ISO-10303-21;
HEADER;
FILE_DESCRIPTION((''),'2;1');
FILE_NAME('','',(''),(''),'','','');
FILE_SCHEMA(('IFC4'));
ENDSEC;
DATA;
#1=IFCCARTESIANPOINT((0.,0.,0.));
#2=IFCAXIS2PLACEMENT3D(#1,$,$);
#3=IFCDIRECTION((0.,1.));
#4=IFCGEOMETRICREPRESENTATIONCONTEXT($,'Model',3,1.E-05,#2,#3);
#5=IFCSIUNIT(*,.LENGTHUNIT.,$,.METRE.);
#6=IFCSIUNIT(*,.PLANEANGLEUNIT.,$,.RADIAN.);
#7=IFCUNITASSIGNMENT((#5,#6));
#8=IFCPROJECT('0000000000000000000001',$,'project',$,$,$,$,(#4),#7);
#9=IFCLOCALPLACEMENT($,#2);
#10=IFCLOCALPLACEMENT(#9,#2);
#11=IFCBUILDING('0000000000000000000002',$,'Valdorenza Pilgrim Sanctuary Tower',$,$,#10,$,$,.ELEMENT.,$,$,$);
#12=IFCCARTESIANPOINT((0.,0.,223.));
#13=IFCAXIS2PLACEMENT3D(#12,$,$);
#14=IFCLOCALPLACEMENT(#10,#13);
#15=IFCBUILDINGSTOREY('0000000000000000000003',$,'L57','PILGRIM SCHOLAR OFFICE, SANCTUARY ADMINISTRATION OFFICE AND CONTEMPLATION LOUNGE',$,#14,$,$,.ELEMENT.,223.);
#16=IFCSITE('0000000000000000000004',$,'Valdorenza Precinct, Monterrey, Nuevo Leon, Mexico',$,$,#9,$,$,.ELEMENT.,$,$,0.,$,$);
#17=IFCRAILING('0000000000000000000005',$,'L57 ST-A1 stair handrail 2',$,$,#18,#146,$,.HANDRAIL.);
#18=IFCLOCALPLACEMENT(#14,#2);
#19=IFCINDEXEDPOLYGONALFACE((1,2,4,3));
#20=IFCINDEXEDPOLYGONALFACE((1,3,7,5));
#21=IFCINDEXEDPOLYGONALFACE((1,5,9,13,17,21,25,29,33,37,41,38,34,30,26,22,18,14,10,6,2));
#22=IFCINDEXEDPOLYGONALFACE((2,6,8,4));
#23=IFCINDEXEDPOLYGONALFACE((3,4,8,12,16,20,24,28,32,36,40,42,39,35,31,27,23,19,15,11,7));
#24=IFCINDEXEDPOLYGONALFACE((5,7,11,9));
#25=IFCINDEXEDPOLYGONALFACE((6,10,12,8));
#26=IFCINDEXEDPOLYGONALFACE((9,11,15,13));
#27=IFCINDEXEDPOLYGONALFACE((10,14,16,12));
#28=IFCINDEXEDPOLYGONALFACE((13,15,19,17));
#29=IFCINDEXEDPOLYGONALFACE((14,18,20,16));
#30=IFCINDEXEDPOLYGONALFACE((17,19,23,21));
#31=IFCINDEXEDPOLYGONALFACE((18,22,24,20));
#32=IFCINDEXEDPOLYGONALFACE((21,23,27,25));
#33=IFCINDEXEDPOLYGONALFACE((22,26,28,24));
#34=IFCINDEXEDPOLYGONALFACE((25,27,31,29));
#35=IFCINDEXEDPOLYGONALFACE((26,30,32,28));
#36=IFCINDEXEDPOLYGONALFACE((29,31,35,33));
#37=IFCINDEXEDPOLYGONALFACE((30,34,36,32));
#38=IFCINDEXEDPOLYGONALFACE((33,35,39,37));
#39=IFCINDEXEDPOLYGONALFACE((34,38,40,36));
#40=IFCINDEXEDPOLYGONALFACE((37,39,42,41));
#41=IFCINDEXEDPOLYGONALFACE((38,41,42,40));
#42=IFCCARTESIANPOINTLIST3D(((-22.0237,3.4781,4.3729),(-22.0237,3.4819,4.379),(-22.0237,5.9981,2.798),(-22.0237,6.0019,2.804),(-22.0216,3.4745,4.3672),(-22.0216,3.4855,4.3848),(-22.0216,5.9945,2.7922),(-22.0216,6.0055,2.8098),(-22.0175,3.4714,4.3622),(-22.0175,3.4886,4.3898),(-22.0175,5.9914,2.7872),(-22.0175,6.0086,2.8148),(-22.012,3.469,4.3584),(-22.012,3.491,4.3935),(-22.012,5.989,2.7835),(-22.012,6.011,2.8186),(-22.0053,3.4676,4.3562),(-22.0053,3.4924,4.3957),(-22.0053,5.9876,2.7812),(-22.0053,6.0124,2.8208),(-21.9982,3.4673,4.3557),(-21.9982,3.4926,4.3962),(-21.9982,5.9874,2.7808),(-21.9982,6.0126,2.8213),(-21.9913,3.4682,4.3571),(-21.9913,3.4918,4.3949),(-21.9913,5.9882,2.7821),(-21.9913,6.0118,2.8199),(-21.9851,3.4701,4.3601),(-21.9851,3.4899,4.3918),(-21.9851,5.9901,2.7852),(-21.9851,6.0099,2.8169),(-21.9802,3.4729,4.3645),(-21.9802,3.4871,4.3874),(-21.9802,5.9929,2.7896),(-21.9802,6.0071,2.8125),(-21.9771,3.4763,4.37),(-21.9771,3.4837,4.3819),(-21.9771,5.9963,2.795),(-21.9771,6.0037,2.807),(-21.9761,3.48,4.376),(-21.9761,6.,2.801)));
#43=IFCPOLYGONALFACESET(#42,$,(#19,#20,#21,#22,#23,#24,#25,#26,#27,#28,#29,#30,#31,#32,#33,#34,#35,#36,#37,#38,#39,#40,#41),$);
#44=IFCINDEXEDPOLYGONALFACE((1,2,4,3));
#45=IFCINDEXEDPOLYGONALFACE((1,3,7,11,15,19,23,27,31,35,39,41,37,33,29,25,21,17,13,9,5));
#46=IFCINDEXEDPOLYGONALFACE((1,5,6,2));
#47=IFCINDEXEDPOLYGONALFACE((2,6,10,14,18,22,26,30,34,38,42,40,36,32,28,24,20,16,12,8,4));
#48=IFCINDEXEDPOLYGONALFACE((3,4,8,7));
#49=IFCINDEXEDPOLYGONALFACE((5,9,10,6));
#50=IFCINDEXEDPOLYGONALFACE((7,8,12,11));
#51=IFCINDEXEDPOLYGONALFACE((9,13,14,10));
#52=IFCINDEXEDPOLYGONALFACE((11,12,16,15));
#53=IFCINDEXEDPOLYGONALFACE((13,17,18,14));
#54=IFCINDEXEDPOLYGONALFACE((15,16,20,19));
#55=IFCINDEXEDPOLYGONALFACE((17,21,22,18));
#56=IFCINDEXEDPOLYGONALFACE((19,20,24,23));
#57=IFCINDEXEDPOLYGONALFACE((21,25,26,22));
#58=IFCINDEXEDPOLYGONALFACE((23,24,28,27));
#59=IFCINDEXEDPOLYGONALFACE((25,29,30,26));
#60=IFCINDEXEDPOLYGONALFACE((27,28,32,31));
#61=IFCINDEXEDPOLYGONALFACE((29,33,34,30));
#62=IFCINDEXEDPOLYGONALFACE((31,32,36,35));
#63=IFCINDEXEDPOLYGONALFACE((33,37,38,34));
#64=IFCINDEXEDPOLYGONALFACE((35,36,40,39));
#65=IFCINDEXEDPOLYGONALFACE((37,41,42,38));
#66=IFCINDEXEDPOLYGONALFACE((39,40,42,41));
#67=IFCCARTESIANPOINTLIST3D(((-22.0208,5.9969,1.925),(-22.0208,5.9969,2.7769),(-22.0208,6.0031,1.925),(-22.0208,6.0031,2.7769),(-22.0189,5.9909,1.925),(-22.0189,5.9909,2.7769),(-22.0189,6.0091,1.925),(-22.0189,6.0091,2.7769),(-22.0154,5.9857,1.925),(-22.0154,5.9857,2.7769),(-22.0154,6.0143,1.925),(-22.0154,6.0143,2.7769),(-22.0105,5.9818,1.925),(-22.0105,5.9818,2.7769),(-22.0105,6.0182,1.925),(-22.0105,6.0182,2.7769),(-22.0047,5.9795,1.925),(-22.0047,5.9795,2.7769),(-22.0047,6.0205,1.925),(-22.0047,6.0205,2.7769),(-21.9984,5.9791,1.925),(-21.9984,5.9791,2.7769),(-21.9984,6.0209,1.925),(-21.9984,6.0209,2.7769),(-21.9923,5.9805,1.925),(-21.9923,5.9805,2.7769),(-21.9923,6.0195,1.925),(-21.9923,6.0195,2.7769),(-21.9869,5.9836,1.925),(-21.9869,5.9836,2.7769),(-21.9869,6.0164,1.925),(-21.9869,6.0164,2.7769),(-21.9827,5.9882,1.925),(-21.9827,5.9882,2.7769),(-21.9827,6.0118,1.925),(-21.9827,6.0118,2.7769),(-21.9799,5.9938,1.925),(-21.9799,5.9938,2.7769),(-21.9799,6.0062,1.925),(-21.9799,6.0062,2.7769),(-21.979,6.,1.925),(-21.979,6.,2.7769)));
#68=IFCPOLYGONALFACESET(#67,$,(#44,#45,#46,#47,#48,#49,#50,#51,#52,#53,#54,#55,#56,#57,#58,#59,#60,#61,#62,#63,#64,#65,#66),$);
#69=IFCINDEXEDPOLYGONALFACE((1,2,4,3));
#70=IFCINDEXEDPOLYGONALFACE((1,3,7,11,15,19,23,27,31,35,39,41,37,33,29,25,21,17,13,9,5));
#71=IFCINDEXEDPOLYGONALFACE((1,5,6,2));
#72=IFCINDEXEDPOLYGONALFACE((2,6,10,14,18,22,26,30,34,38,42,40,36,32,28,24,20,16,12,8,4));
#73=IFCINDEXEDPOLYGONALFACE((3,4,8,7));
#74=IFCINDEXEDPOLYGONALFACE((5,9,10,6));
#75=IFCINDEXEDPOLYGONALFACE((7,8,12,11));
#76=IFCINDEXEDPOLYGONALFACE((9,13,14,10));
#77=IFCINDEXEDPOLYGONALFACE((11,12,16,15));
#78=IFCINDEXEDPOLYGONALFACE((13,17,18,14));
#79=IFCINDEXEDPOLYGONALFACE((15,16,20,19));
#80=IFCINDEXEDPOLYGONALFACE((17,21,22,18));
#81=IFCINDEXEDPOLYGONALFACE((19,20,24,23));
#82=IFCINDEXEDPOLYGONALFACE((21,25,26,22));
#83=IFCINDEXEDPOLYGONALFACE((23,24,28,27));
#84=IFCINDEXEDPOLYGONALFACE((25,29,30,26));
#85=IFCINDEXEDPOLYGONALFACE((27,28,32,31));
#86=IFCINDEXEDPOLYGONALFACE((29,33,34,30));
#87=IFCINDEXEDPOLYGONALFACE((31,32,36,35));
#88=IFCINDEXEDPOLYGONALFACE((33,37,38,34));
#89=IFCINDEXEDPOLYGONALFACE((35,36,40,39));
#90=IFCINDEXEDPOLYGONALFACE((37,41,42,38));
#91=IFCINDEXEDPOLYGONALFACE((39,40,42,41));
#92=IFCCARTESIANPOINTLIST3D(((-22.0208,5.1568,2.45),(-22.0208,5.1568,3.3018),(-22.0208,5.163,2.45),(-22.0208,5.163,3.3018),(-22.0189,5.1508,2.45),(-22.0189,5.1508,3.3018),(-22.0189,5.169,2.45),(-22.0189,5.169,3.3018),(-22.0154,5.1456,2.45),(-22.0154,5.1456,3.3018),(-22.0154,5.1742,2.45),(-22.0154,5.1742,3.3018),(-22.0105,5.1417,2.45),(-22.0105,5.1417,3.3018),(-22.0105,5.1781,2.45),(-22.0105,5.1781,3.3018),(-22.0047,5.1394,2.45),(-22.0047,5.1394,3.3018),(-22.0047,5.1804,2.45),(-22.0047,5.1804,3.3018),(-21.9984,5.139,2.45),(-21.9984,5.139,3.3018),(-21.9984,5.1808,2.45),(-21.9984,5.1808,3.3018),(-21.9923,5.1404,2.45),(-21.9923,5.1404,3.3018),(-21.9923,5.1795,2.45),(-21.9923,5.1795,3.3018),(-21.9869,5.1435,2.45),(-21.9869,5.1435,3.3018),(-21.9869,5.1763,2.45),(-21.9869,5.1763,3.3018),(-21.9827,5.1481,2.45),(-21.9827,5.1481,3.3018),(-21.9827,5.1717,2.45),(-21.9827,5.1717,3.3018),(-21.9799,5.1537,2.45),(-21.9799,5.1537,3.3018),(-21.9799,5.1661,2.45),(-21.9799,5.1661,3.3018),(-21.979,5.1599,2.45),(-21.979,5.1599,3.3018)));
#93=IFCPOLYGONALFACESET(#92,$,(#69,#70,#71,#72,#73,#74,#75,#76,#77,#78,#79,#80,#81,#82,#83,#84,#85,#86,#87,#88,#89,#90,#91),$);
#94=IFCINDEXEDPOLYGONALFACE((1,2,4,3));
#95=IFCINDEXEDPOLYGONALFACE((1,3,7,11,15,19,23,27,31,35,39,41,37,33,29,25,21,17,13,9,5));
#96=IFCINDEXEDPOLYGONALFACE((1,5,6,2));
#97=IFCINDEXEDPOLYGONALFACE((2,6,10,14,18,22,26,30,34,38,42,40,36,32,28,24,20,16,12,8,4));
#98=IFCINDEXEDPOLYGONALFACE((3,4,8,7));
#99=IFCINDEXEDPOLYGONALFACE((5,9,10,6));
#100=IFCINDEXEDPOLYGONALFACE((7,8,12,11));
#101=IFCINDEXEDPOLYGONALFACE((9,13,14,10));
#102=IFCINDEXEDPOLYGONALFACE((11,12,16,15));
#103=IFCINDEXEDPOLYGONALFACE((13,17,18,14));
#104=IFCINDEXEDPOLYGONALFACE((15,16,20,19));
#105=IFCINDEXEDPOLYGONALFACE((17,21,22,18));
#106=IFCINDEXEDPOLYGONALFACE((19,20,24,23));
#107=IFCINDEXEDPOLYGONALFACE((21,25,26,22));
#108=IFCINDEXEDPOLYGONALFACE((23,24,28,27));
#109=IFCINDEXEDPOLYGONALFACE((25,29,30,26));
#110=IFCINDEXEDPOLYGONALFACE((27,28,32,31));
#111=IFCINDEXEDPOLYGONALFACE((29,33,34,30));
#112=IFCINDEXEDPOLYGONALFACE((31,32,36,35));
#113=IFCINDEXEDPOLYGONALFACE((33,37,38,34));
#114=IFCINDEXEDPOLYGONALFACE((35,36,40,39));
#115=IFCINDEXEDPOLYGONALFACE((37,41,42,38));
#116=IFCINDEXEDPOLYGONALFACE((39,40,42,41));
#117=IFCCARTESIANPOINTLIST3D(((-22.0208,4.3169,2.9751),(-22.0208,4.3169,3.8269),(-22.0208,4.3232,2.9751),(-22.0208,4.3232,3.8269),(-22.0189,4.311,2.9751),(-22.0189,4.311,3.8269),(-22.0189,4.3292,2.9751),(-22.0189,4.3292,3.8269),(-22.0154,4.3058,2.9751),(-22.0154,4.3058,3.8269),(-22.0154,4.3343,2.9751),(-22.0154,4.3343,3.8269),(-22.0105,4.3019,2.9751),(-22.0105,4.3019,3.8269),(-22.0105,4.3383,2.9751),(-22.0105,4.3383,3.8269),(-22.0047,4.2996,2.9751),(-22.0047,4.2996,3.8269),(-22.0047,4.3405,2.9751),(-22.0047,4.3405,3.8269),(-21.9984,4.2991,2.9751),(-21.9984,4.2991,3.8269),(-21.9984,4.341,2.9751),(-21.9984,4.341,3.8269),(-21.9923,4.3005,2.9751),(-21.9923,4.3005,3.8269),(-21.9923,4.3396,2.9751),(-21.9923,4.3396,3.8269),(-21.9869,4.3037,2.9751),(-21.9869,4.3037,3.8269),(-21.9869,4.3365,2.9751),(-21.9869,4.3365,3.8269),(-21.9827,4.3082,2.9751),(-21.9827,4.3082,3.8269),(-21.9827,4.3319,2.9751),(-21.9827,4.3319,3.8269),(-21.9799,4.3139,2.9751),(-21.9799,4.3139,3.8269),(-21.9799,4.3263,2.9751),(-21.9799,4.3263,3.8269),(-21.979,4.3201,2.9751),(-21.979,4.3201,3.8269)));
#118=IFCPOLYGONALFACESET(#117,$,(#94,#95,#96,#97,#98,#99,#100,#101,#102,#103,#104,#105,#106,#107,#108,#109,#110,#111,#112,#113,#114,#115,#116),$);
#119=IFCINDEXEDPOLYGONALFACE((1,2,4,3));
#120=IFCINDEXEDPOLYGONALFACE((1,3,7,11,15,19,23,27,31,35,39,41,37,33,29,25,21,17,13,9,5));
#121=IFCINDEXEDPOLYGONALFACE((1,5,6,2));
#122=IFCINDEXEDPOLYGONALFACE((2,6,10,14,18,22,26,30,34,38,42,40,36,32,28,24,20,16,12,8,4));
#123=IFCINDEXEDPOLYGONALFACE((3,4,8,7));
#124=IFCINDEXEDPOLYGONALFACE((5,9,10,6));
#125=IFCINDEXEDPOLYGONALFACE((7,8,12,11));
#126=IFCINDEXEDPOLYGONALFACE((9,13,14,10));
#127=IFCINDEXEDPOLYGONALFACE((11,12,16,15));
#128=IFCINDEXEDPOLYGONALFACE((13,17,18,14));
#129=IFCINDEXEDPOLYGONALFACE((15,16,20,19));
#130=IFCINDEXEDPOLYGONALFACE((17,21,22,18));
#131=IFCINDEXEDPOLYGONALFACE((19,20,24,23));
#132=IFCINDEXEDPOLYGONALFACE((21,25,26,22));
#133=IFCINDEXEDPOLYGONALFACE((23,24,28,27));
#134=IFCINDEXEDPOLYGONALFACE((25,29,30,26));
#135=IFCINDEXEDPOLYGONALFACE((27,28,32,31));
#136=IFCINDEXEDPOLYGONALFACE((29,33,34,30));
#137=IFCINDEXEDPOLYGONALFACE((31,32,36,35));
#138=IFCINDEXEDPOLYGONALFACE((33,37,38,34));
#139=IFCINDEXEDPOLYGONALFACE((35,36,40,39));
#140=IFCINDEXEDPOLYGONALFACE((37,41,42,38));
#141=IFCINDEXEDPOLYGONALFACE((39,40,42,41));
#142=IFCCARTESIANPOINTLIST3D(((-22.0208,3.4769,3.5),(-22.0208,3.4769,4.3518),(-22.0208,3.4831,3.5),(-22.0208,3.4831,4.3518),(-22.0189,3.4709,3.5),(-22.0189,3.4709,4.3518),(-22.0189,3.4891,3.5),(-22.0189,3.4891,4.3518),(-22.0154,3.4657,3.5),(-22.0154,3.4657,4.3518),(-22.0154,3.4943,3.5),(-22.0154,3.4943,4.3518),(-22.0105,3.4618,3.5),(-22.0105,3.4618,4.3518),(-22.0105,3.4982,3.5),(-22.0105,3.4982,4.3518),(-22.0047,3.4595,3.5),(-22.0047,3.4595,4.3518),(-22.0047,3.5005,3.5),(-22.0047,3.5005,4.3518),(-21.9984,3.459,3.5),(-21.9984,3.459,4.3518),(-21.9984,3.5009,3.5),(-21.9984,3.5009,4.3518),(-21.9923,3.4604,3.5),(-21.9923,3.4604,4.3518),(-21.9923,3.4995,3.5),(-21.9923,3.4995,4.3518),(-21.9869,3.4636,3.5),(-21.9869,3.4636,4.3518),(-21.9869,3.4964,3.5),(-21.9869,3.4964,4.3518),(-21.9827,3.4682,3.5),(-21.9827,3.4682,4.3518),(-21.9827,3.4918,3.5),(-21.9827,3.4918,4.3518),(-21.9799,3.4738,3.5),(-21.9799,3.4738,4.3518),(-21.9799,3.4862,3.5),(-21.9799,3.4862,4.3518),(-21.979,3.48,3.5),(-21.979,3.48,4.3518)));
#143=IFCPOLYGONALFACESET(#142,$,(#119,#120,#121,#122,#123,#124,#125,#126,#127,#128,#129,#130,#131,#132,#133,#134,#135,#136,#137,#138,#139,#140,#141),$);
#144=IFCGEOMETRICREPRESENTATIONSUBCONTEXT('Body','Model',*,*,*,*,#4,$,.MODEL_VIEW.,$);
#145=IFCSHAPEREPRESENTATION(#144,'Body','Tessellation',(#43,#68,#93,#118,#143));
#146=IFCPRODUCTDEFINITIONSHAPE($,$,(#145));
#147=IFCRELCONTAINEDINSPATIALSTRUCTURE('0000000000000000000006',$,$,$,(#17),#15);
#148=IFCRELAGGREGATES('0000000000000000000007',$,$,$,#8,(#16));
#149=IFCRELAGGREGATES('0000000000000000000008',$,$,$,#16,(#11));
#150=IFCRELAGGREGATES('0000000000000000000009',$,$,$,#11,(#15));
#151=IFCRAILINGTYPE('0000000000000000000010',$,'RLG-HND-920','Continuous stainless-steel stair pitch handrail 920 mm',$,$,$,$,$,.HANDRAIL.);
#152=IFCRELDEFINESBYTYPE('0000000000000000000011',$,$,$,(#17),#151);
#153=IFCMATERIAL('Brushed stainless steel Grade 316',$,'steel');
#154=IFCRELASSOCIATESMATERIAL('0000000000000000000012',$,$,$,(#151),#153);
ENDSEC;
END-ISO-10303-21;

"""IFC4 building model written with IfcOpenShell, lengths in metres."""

from ifc_helpers import new_model, si_unit, direction, frame, origin, origin_2d, place, context, subcontext, project, spatial, circle, extrude, material, type_object, element, save


model = new_model("IFC4")

# Units and contexts
model_context = context("Model", 3, precision=1e-05, world=origin(), true_north=direction((0.0, 1.0)))
body_context = subcontext(model_context, "Body", "Model", "MODEL_VIEW")
ifc_project = project(units=[si_unit("LENGTHUNIT", "METRE"), si_unit("PLANEANGLEUNIT", "RADIAN")], contexts=[model_context])

# Site, building, storey
site_placement = place(None, origin())
site = spatial("IfcSite", under=ifc_project, at=site_placement, Name="Valdorenza Precinct, Monterrey, Nuevo Leon, Mexico", CompositionType="ELEMENT", RefElevation=0.0)
building_placement = place(site_placement, origin())
building = spatial("IfcBuilding", under=site, at=building_placement, Name="Valdorenza Pilgrim Sanctuary Tower", CompositionType="ELEMENT")
storey_placement = place(building_placement, frame((0.0, 0.0, 223.0)))
storey = spatial("IfcBuildingStorey", under=building, at=storey_placement, Name="L57", Description="PILGRIM SCHOLAR OFFICE, SANCTUARY ADMINISTRATION OFFICE AND CONTEMPLATION LOUNGE", CompositionType="ELEMENT", Elevation=223.0)

# Railing
ifc_material_1 = material(Name="Brushed stainless steel Grade 316", Category="steel")
railing_type = type_object("IfcRailingType", Name="RLG-HND-920", Description="Continuous stainless-steel stair pitch handrail 920 mm", PredefinedType="HANDRAIL", material=ifc_material_1)
railing_placement = place(storey_placement, frame((-22.0, 6.0, 1.925)))
element("IfcRailing", 1, at=railing_placement, inside=storey, type_object=railing_type, Name="L57 ST-A1 stair handrail 2", PredefinedType="HANDRAIL", context=body_context, shape_type="SweptSolid", body=[
    extrude(circle(Radius=0.0239, at=origin_2d()), frame((0.0, 0.0, 0.876), z_axis=(0.0, -0.848008, 0.529984), x_axis=(1.0, 0.0, 0.0)), (0.0, 0.0, 1.0), 2.9717),
    extrude(circle(Radius=0.021, at=origin_2d()), origin(), (0.0, 0.0, 1.0), 0.8518),
    extrude(circle(Radius=0.021, at=origin_2d()), frame((0.0, -0.8401, 0.5249)), (0.0, 0.0, 1.0), 0.8518),
    extrude(circle(Radius=0.021, at=origin_2d()), frame((0.0, -1.6799, 1.05)), (0.0, 0.0, 1.0), 0.8518),
    extrude(circle(Radius=0.021, at=origin_2d()), frame((0.0, -2.52, 1.575)), (0.0, 0.0, 1.0), 0.8518),
])

save(model, "model.ifc")
